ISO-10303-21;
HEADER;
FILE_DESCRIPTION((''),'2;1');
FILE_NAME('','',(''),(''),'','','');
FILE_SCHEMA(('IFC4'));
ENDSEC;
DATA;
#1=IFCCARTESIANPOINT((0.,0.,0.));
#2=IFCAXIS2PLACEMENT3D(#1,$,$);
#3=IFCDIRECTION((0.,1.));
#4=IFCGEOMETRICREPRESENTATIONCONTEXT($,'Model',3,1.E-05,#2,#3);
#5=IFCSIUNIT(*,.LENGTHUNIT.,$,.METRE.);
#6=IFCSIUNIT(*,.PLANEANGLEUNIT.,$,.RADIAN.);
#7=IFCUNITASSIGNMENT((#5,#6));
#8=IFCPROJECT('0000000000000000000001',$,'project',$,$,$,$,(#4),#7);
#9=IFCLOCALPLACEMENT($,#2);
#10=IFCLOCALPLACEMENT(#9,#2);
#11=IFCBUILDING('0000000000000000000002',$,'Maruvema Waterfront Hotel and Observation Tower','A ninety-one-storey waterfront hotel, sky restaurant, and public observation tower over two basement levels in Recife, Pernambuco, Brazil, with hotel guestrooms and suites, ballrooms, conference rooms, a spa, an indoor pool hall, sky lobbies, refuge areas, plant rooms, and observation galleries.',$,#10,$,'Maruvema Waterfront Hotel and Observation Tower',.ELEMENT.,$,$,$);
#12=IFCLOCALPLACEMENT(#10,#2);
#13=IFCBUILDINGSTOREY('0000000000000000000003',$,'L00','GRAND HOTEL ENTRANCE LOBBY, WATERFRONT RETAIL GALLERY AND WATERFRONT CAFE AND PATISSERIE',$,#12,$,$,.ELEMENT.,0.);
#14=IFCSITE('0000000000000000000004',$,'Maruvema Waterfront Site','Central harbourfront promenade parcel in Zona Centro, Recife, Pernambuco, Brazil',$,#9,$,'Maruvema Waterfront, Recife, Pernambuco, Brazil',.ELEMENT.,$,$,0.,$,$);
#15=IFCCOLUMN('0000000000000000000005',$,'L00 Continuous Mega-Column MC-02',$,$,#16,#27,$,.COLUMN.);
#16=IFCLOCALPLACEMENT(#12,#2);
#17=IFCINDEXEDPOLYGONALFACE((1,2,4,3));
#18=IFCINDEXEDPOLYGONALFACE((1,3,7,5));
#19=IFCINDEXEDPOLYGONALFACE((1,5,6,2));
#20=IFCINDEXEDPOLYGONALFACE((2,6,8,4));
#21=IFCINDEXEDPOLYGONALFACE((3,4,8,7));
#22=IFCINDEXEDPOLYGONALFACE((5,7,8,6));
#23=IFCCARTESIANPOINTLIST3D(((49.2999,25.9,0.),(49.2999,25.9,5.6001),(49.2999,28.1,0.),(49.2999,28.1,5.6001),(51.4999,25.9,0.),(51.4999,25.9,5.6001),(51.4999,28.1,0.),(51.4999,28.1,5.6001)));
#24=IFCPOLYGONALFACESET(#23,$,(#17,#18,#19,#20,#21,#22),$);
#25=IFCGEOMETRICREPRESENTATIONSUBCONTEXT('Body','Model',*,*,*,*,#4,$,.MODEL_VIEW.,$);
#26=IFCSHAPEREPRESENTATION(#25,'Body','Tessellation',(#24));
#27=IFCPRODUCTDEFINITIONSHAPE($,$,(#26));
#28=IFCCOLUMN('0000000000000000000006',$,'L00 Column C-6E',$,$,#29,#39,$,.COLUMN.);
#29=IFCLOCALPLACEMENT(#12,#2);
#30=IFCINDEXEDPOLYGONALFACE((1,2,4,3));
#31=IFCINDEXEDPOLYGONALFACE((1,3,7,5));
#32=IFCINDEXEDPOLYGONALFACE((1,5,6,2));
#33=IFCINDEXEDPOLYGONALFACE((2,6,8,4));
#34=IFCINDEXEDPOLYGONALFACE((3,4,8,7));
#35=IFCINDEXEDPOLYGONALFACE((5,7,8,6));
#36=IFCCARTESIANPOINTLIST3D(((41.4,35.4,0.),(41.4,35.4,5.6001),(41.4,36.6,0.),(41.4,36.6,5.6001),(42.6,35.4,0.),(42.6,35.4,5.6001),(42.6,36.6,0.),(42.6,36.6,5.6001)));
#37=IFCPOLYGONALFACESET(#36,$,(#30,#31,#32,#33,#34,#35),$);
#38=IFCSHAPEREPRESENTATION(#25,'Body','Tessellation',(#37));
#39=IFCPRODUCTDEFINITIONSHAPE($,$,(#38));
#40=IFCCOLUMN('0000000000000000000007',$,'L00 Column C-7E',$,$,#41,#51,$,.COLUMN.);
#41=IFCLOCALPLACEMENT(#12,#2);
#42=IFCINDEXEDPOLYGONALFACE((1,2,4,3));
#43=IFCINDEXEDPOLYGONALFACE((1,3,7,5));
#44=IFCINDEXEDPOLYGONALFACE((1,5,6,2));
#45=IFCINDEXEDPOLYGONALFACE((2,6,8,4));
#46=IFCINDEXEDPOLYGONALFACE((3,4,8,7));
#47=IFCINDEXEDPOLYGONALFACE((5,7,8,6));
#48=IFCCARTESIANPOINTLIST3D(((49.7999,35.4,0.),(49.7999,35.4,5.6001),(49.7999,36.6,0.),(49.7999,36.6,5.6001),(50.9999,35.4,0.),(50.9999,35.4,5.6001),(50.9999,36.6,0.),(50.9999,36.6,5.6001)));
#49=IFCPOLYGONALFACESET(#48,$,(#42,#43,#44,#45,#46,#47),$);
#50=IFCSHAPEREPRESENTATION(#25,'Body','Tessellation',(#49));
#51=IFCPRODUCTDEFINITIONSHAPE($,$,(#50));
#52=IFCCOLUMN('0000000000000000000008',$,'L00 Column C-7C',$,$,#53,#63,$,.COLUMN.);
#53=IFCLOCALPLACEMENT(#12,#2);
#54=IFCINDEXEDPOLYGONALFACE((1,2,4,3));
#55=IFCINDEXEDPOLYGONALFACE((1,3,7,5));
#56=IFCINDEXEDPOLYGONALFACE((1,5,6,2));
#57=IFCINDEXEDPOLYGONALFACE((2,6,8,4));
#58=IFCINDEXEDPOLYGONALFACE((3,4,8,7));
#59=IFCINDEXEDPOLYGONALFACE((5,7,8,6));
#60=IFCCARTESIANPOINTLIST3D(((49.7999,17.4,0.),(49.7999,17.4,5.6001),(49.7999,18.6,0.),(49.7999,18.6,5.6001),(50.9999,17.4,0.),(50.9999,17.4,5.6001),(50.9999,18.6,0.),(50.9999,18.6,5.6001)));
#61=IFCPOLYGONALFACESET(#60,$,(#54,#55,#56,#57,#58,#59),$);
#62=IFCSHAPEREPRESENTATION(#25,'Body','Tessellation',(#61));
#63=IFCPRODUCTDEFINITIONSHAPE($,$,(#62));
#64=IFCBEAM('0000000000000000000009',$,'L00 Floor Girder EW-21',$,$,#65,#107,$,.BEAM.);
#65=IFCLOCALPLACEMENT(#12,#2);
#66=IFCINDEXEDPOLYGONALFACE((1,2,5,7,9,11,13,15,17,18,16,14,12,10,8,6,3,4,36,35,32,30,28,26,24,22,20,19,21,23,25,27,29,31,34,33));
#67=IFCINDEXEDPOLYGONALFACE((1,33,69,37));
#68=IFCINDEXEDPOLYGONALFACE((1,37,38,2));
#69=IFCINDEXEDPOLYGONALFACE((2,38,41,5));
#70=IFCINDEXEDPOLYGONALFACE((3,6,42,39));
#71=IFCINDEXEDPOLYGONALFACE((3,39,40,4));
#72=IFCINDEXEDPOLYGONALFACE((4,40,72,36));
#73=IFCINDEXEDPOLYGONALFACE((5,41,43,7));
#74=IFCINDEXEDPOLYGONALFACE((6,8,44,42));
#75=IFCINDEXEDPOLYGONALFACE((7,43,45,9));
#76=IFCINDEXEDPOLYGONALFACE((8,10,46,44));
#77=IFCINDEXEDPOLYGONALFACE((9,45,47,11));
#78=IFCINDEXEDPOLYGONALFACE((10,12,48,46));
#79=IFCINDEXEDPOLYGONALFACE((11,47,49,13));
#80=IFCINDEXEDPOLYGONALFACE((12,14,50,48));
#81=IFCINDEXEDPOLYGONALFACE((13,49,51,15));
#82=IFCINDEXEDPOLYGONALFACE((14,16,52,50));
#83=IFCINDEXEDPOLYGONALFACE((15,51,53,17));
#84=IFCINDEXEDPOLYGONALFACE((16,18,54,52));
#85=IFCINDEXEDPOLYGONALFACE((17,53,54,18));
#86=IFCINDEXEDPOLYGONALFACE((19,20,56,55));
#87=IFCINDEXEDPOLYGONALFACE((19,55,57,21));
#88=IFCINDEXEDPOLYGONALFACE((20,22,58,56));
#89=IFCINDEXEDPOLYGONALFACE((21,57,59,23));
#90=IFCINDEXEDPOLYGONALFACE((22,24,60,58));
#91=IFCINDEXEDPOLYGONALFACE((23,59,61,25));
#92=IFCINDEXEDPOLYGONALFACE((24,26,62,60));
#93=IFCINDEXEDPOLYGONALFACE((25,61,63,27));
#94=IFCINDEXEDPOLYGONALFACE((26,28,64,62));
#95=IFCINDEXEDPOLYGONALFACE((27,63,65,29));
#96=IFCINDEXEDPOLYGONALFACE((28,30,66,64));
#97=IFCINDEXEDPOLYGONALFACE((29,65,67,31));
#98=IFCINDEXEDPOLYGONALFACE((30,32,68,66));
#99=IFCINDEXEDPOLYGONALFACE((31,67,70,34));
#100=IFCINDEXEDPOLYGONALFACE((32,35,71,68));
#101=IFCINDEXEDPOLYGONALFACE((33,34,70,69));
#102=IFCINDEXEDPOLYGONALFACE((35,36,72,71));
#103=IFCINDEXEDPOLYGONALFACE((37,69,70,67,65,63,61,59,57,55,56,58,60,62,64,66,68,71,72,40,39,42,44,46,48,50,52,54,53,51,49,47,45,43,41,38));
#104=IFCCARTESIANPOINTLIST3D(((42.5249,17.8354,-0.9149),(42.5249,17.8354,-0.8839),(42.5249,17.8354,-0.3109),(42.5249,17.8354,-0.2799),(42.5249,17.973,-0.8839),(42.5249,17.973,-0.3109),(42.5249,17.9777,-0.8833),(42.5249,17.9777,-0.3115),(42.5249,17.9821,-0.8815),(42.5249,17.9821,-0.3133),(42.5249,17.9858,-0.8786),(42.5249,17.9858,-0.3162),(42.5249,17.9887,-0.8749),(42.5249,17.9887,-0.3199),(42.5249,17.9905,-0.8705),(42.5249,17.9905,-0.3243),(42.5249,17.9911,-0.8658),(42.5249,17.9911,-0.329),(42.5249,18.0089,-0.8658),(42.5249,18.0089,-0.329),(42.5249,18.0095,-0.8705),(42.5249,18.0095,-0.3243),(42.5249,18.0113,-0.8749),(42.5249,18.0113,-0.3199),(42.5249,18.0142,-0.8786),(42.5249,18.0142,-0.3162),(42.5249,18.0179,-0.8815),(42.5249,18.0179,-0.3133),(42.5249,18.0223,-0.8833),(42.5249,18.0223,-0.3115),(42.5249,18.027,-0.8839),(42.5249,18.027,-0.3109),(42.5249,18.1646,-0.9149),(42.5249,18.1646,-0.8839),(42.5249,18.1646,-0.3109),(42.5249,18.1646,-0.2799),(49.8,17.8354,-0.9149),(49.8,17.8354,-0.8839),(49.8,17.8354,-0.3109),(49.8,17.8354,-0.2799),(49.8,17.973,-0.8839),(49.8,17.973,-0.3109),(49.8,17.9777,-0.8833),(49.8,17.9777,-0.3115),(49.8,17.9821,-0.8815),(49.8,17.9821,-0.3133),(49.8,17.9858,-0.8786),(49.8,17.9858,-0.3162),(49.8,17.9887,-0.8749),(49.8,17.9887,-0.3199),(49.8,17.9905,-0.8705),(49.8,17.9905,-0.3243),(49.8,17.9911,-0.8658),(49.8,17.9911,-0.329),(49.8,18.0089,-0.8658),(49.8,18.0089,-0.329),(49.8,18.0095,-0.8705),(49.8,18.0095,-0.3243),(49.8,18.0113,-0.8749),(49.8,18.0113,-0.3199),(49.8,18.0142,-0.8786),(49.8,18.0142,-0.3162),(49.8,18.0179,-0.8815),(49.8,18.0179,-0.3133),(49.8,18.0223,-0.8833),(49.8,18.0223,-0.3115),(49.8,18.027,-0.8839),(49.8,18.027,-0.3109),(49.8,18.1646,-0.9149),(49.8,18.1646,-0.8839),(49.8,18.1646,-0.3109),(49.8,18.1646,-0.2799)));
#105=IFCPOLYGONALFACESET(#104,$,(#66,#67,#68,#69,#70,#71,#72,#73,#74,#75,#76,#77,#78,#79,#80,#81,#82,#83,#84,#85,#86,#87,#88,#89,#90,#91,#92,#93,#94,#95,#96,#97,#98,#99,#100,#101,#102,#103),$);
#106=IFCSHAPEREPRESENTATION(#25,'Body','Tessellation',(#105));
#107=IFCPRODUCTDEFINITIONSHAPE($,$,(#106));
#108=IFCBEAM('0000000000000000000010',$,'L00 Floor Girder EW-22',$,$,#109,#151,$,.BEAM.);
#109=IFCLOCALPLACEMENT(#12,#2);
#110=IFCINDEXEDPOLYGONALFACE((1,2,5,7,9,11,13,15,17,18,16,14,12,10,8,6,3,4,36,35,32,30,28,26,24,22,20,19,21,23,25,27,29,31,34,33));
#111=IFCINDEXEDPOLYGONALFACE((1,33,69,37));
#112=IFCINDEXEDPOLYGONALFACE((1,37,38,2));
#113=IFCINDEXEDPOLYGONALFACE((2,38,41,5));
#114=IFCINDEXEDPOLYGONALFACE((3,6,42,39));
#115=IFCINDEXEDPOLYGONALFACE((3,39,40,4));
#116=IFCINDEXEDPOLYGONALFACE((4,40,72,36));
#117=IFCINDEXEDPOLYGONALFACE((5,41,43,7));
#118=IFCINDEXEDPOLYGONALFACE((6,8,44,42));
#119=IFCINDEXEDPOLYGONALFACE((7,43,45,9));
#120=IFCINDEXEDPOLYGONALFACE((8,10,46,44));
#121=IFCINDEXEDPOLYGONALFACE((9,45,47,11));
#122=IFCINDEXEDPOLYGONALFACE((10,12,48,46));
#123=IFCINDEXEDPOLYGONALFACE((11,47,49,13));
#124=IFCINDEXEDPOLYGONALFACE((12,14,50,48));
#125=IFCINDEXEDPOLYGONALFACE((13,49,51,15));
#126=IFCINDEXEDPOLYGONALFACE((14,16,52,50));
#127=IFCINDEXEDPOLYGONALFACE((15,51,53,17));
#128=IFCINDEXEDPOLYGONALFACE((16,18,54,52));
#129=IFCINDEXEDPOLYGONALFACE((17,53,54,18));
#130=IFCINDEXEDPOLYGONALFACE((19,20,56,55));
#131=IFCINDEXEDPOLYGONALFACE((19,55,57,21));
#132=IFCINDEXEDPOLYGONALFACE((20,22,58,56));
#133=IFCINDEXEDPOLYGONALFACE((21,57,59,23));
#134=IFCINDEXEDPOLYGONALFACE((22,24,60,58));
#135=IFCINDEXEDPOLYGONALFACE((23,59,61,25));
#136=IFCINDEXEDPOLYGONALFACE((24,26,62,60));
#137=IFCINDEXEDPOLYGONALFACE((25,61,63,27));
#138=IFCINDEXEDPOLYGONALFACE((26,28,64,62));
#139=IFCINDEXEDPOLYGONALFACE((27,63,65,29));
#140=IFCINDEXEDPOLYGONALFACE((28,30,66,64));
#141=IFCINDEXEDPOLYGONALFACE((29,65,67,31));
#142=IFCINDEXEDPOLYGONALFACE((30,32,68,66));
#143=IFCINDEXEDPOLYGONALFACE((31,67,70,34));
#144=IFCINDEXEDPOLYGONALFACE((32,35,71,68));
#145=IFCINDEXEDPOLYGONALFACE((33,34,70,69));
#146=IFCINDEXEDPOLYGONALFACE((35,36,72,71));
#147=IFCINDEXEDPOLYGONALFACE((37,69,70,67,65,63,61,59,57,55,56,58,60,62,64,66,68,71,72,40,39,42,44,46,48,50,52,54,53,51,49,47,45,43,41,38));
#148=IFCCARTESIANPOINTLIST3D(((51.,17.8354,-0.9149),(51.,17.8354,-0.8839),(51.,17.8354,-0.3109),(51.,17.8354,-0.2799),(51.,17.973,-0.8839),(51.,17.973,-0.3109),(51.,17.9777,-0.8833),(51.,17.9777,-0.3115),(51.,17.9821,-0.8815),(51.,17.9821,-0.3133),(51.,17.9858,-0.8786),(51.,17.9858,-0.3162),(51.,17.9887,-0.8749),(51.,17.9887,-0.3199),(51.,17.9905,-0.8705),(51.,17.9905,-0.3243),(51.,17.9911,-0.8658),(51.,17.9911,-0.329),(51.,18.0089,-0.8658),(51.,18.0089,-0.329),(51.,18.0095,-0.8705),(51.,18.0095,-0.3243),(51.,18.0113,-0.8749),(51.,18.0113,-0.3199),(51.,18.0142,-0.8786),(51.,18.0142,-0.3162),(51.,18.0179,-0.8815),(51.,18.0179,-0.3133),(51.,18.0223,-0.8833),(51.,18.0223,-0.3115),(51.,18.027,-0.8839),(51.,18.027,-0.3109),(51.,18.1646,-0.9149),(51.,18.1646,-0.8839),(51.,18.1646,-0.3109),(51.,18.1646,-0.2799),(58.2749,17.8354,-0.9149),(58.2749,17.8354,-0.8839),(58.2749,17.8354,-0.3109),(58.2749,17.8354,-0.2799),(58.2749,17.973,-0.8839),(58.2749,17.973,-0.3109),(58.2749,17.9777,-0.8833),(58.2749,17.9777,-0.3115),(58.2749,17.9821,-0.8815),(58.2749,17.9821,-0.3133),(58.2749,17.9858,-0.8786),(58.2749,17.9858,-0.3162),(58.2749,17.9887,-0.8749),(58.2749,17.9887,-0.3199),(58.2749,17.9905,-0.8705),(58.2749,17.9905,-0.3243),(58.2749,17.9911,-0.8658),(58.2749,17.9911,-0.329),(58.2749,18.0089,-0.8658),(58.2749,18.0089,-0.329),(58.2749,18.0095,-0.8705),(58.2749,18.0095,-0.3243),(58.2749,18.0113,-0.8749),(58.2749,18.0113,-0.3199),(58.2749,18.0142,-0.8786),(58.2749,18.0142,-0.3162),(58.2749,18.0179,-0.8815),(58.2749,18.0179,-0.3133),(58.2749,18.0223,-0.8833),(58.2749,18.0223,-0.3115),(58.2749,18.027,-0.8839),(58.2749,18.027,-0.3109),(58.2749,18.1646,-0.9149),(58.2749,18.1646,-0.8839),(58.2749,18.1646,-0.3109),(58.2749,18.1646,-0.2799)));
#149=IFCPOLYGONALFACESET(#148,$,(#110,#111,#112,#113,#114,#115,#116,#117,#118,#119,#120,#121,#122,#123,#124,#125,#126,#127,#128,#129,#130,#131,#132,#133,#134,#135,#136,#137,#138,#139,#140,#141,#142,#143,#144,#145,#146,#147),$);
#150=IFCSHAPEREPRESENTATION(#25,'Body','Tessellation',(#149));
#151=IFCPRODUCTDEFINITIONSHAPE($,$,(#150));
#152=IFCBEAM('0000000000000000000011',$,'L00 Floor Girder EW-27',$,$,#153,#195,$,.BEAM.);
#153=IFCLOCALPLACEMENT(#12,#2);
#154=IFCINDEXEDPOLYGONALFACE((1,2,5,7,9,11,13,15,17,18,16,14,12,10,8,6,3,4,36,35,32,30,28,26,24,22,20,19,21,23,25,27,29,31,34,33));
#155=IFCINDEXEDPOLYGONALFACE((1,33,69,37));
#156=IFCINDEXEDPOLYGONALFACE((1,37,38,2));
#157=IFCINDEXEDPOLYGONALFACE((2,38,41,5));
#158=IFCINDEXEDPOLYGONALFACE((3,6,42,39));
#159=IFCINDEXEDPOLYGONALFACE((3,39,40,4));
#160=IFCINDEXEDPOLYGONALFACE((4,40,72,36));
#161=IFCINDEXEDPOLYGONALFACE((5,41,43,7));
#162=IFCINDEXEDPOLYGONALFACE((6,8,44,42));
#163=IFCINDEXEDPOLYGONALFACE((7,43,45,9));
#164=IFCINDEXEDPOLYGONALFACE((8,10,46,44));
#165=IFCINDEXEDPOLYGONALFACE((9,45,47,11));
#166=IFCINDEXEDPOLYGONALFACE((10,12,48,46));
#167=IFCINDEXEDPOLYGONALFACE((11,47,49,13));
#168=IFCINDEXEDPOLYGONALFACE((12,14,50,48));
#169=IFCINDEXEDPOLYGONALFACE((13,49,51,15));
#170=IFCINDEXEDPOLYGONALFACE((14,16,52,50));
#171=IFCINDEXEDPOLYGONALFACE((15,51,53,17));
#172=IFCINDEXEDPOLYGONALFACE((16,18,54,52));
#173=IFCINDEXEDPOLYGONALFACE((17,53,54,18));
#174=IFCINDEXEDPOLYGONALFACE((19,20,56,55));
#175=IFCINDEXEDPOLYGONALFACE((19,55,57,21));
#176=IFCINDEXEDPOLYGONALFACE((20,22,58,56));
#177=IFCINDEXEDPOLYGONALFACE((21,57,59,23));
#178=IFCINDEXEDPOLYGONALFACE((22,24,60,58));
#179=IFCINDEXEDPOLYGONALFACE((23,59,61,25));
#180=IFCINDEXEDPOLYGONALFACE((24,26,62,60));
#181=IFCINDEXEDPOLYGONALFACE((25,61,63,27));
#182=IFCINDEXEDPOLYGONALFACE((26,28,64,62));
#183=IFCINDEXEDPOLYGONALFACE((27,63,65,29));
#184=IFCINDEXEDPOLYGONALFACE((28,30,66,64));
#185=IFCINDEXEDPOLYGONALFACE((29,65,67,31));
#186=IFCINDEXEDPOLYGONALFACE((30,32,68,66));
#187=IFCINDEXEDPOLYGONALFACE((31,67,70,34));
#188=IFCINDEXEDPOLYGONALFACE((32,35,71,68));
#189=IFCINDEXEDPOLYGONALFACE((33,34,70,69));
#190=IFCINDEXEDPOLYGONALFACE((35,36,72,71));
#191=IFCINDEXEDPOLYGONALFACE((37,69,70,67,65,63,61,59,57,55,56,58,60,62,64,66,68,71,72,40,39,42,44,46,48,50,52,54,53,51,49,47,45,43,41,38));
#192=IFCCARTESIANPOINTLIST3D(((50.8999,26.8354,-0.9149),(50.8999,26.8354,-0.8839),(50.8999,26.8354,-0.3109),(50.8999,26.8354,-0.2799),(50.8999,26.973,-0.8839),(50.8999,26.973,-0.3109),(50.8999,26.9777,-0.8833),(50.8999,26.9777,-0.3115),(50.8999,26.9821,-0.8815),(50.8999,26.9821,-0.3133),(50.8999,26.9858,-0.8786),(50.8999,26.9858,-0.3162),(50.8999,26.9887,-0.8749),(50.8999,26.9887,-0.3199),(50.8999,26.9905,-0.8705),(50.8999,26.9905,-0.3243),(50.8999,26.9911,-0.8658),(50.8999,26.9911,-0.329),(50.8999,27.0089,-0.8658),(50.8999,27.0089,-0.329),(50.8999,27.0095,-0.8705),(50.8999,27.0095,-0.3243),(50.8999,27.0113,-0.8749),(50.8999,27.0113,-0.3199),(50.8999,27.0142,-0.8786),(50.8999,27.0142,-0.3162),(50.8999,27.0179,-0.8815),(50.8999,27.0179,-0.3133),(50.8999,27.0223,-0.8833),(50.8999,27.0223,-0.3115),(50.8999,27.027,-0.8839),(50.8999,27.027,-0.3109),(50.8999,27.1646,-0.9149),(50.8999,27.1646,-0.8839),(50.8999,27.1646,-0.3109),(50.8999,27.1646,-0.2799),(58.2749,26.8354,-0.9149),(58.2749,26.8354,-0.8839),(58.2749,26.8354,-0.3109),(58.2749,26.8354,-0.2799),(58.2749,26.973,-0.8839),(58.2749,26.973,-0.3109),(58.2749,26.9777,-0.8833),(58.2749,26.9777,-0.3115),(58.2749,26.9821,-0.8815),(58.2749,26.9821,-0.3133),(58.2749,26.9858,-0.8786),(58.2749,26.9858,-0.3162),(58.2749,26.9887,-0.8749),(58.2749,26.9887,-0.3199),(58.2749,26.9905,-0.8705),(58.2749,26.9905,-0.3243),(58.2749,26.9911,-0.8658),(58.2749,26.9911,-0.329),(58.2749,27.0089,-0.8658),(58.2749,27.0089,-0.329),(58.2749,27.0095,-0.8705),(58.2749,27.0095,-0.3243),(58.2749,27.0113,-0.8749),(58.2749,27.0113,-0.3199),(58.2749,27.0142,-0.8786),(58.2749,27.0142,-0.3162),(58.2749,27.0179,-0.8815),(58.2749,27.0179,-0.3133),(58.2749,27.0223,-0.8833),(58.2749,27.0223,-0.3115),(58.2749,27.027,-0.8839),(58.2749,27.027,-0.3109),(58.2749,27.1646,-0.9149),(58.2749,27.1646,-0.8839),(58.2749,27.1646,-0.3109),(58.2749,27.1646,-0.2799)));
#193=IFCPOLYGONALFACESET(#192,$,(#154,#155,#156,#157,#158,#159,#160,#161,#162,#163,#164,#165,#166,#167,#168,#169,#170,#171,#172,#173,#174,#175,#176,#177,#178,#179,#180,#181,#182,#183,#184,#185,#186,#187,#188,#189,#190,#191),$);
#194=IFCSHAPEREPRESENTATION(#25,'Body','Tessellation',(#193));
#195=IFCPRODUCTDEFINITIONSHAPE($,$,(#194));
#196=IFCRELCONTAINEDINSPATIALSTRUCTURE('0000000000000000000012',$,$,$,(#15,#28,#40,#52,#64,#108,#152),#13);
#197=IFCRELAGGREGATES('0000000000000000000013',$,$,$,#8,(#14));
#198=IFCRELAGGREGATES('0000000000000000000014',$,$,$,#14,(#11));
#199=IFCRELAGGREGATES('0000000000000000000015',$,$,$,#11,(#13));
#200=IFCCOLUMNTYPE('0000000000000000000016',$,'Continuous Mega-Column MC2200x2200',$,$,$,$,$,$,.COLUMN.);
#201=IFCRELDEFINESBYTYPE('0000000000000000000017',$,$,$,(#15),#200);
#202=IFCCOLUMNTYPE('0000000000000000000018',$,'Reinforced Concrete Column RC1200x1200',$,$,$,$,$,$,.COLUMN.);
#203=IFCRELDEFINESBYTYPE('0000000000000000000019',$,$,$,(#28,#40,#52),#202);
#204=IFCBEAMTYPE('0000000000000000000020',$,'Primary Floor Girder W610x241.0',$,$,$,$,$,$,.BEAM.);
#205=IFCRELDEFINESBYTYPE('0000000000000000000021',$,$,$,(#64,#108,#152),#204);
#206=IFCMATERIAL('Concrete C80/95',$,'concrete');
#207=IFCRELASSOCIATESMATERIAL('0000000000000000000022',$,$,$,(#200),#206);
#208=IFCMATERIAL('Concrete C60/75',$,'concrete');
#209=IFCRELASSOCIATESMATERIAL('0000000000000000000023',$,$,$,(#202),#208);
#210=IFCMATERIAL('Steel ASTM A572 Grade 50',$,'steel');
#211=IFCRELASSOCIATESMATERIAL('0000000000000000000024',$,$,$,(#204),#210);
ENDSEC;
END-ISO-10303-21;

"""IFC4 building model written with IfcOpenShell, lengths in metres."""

from ifc_helpers import new_model, si_unit, direction, frame, origin, origin_2d, place, context, subcontext, project, spatial, rectangle, i_section, extrude, material, material_profile, profile_set, type_object, element, save


model = new_model("IFC4")

# Units and contexts
model_context = context("Model", 3, precision=1e-05, world=origin(), true_north=direction((0.0, 1.0)))
body_context = subcontext(model_context, "Body", "Model", "MODEL_VIEW")
ifc_project = project(units=[si_unit("LENGTHUNIT", "METRE"), si_unit("PLANEANGLEUNIT", "RADIAN")], contexts=[model_context])

# Site, building, storey
site_placement = place(None, origin())
site = spatial("IfcSite", under=ifc_project, at=site_placement, Name="Maruvema Waterfront Site", Description="Central harbourfront promenade parcel in Zona Centro, Recife, Pernambuco, Brazil", LongName="Maruvema Waterfront, Recife, Pernambuco, Brazil", CompositionType="ELEMENT", RefElevation=0.0)
building_placement = place(site_placement, origin())
building = spatial("IfcBuilding", under=site, at=building_placement, Name="Maruvema Waterfront Hotel and Observation Tower", Description="A ninety-one-storey waterfront hotel, sky restaurant, and public observation tower over two basement levels in Recife, Pernambuco, Brazil, with hotel guestrooms and suites, ballrooms, conference rooms, a spa, an indoor pool hall, sky lobbies, refuge areas, plant rooms, and observation galleries.", LongName="Maruvema Waterfront Hotel and Observation Tower", CompositionType="ELEMENT")
storey_placement = place(building_placement, origin())
storey = spatial("IfcBuildingStorey", under=building, at=storey_placement, Name="L00", Description="GRAND HOTEL ENTRANCE LOBBY, WATERFRONT RETAIL GALLERY AND WATERFRONT CAFE AND PATISSERIE", CompositionType="ELEMENT", Elevation=0.0)

# Columns
ifc_material_1 = material(Name="Concrete C80/95", Category="concrete")
ifc_material_profile_1 = material_profile(ifc_material_1, rectangle(XDim=2.2, YDim=2.2, at=origin_2d()), Name="MC2200x2200")
ifc_profile_set_1 = profile_set([ifc_material_profile_1], Name="Concrete C80/95")
column_type_1 = type_object("IfcColumnType", Name="Continuous Mega-Column MC2200x2200", PredefinedType="COLUMN", material=ifc_profile_set_1)
column_placement = place(storey_placement, frame((50.3999, 27.0, 0.0), z_axis=(0.0, 0.0, 1.0), x_axis=(1.0, 0.0, 0.0)))
element("IfcColumn", 1, at=column_placement, inside=storey, type_object=column_type_1, Name="L00 Continuous Mega-Column MC-02", PredefinedType="COLUMN", context=body_context, shape_type="SweptSolid", body=[
    extrude(rectangle(XDim=2.2, YDim=2.2, at=origin_2d()), origin(), (0.0, 0.0, 1.0), 5.6001),
])
ifc_material_2 = material(Name="Concrete C60/75", Category="concrete")
ifc_material_profile_2 = material_profile(ifc_material_2, rectangle(XDim=1.2, YDim=1.2, at=origin_2d()), Name="RC1200x1200")
ifc_profile_set_2 = profile_set([ifc_material_profile_2], Name="Concrete C60/75")
column_type_2 = type_object("IfcColumnType", Name="Reinforced Concrete Column RC1200x1200", PredefinedType="COLUMN", material=ifc_profile_set_2)
for number, where, z_axis, x_axis, name in (
    (2, (42.0, 36.0, 0.0), (0.0, 0.0, 1.0), (1.0, 0.0, 0.0), "L00 Column C-6E"),
    (3, (50.3999, 36.0, 0.0), (0.0, 0.0, 1.0), (1.0, 0.0, 0.0), "L00 Column C-7E"),
    (4, (50.3999, 18.0, 0.0), (0.0, 0.0, 1.0), (1.0, 0.0, 0.0), "L00 Column C-7C"),
):
    element("IfcColumn", number, at=place(storey_placement, frame(where, z_axis=z_axis, x_axis=x_axis)), inside=storey, type_object=column_type_2, Name=name, PredefinedType="COLUMN", context=body_context, shape_type="SweptSolid", body=[
        extrude(rectangle(XDim=1.2, YDim=1.2, at=origin_2d()), origin(), (0.0, 0.0, 1.0), 5.6001),
    ])

# Beams
ifc_material_3 = material(Name="Steel ASTM A572 Grade 50", Category="steel")
ifc_material_profile_3 = material_profile(ifc_material_3, i_section(OverallWidth=0.3291, OverallDepth=0.635, WebThickness=0.0178, FlangeThickness=0.031, FilletRadius=0.0181, at=origin_2d()), Name="W610x241.0")
ifc_profile_set_3 = profile_set([ifc_material_profile_3], Name="Steel ASTM A572 Grade 50")
beam_type_1 = type_object("IfcBeamType", Name="Primary Floor Girder W610x241.0", PredefinedType="BEAM", material=ifc_profile_set_3)
beam_1_placement = place(storey_placement, frame((42.5249, 18.0, -0.5974), z_axis=(1.0, 0.0, 0.0), x_axis=(0.0, 1.0, 0.0)))
element("IfcBeam", 5, at=beam_1_placement, inside=storey, type_object=beam_type_1, Name="L00 Floor Girder EW-21", PredefinedType="BEAM", context=body_context, shape_type="SweptSolid", body=[
    extrude(i_section(OverallWidth=0.3291, OverallDepth=0.635, WebThickness=0.0178, FlangeThickness=0.031, FilletRadius=0.0181, at=origin_2d()), origin(), (0.0, 0.0, 1.0), 7.2751),
])
beam_2_placement = place(storey_placement, frame((51.0, 18.0, -0.5974), z_axis=(1.0, 0.0, 0.0), x_axis=(0.0, 1.0, 0.0)))
element("IfcBeam", 6, at=beam_2_placement, inside=storey, type_object=beam_type_1, Name="L00 Floor Girder EW-22", PredefinedType="BEAM", context=body_context, shape_type="SweptSolid", body=[
    extrude(i_section(OverallWidth=0.3291, OverallDepth=0.635, WebThickness=0.0178, FlangeThickness=0.031, FilletRadius=0.0181, at=origin_2d()), origin(), (0.0, 0.0, 1.0), 7.2749),
])
beam_3_placement = place(storey_placement, frame((50.8999, 27.0, -0.5974), z_axis=(1.0, 0.0, 0.0), x_axis=(0.0, 1.0, 0.0)))
element("IfcBeam", 7, at=beam_3_placement, inside=storey, type_object=beam_type_1, Name="L00 Floor Girder EW-27", PredefinedType="BEAM", context=body_context, shape_type="SweptSolid", body=[
    extrude(i_section(OverallWidth=0.3291, OverallDepth=0.635, WebThickness=0.0178, FlangeThickness=0.031, FilletRadius=0.0181, at=origin_2d()), origin(), (0.0, 0.0, 1.0), 7.375),
])

save(model, "model.ifc")
